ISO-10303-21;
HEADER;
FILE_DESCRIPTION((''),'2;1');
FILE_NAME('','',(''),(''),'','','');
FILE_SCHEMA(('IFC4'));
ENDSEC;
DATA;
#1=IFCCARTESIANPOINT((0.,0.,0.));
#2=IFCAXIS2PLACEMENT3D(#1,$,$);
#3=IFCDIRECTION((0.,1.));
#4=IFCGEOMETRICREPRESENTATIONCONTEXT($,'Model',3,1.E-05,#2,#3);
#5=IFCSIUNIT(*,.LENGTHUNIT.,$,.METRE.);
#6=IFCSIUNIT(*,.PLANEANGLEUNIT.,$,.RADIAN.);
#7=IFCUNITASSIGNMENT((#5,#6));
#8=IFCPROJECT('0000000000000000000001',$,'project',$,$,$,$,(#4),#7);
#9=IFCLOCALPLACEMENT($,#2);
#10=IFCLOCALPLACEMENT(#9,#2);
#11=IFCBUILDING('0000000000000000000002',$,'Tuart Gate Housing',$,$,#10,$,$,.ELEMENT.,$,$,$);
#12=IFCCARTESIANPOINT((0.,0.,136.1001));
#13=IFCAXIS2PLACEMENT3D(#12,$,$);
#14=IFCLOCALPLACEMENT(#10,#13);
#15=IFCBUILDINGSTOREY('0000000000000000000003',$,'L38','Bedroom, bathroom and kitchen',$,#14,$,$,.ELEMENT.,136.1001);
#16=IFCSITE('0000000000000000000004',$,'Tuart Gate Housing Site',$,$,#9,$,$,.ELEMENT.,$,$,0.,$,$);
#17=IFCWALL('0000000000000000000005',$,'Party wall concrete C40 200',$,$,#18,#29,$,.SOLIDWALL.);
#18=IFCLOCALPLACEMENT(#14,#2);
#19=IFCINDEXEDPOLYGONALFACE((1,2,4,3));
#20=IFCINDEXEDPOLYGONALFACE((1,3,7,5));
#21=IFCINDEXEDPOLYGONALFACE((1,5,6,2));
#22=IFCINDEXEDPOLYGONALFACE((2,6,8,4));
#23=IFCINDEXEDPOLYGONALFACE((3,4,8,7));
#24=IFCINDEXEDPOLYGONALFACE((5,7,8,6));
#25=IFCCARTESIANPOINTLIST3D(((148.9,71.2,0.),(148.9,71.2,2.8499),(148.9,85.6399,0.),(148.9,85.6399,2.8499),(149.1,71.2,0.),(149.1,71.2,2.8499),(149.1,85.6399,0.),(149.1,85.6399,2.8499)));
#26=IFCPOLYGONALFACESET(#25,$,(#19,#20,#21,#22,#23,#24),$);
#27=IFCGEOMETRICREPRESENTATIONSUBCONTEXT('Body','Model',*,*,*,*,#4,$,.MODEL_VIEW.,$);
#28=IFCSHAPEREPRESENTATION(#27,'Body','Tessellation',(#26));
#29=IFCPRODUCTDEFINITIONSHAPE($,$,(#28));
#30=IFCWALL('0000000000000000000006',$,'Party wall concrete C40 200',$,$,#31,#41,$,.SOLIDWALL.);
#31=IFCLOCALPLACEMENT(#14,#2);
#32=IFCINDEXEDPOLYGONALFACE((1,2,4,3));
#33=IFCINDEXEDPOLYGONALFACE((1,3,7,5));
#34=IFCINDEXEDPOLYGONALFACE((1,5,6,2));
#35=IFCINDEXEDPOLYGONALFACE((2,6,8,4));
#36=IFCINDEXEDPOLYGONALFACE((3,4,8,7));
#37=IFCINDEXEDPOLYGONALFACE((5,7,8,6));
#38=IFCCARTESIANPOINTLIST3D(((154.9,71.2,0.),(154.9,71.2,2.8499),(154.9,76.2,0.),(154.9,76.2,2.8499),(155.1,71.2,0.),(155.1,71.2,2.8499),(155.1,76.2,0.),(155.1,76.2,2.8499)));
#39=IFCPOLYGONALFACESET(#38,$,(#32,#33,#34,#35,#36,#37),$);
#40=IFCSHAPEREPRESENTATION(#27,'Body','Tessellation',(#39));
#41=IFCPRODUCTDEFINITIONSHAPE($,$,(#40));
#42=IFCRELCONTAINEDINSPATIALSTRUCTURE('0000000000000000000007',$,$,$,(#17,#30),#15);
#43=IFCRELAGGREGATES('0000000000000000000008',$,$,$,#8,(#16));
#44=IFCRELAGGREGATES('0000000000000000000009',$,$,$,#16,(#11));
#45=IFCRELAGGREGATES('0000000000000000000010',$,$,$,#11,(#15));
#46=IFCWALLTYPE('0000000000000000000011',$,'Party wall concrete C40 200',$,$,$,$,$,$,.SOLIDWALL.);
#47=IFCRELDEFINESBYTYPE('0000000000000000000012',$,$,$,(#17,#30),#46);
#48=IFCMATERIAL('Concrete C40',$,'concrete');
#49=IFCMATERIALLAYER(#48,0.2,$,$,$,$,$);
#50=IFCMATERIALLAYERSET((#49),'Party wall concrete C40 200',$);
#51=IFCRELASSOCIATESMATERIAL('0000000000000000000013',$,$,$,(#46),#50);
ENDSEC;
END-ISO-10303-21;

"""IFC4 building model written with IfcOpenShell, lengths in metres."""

from ifc_helpers import new_model, si_unit, direction, frame, frame_2d, origin, place, context, subcontext, project, spatial, rectangle, extrude, material, layer, layer_set, type_object, element, save


model = new_model("IFC4")

# Units and contexts
model_context = context("Model", 3, precision=1e-05, world=origin(), true_north=direction((0.0, 1.0)))
body_context = subcontext(model_context, "Body", "Model", "MODEL_VIEW")
ifc_project = project(units=[si_unit("LENGTHUNIT", "METRE"), si_unit("PLANEANGLEUNIT", "RADIAN")], contexts=[model_context])

# Site, building, storey
site_placement = place(None, origin())
site = spatial("IfcSite", under=ifc_project, at=site_placement, Name="Tuart Gate Housing Site", CompositionType="ELEMENT", RefElevation=0.0)
building_placement = place(site_placement, origin())
building = spatial("IfcBuilding", under=site, at=building_placement, Name="Tuart Gate Housing", CompositionType="ELEMENT")
storey_placement = place(building_placement, frame((0.0, 0.0, 136.1001)))
storey = spatial("IfcBuildingStorey", under=building, at=storey_placement, Name="L38", Description="Bedroom, bathroom and kitchen", CompositionType="ELEMENT", Elevation=136.1001)

# Walls
ifc_material_1 = material(Name="Concrete C40", Category="concrete")
ifc_layer_1 = layer(ifc_material_1, 0.2)
ifc_layer_set_1 = layer_set([ifc_layer_1], Name="Party wall concrete C40 200")
wall_type_1 = type_object("IfcWallType", Name="Party wall concrete C40 200", PredefinedType="SOLIDWALL", material=ifc_layer_set_1)
wall_1_placement = place(storey_placement, frame((149.0, 71.2, 0.0), z_axis=(0.0, 0.0, 1.0), x_axis=(0.0, 1.0, 0.0)))
element("IfcWall", 1, at=wall_1_placement, inside=storey, type_object=wall_type_1, Name="Party wall concrete C40 200", PredefinedType="SOLIDWALL", context=body_context, shape_type="SweptSolid", body=[
    extrude(rectangle(XDim=14.4399, YDim=0.2, at=frame_2d((7.22, 0.0))), origin(), (0.0, 0.0, 1.0), 2.8499),
])
wall_2_placement = place(storey_placement, frame((155.0, 71.2, 0.0), z_axis=(0.0, 0.0, 1.0), x_axis=(0.0, 1.0, 0.0)))
element("IfcWall", 2, at=wall_2_placement, inside=storey, type_object=wall_type_1, Name="Party wall concrete C40 200", PredefinedType="SOLIDWALL", context=body_context, shape_type="SweptSolid", body=[
    extrude(rectangle(XDim=5.0, YDim=0.2, at=frame_2d((2.5, 0.0))), origin(), (0.0, 0.0, 1.0), 2.8499),
])

save(model, "model.ifc")
